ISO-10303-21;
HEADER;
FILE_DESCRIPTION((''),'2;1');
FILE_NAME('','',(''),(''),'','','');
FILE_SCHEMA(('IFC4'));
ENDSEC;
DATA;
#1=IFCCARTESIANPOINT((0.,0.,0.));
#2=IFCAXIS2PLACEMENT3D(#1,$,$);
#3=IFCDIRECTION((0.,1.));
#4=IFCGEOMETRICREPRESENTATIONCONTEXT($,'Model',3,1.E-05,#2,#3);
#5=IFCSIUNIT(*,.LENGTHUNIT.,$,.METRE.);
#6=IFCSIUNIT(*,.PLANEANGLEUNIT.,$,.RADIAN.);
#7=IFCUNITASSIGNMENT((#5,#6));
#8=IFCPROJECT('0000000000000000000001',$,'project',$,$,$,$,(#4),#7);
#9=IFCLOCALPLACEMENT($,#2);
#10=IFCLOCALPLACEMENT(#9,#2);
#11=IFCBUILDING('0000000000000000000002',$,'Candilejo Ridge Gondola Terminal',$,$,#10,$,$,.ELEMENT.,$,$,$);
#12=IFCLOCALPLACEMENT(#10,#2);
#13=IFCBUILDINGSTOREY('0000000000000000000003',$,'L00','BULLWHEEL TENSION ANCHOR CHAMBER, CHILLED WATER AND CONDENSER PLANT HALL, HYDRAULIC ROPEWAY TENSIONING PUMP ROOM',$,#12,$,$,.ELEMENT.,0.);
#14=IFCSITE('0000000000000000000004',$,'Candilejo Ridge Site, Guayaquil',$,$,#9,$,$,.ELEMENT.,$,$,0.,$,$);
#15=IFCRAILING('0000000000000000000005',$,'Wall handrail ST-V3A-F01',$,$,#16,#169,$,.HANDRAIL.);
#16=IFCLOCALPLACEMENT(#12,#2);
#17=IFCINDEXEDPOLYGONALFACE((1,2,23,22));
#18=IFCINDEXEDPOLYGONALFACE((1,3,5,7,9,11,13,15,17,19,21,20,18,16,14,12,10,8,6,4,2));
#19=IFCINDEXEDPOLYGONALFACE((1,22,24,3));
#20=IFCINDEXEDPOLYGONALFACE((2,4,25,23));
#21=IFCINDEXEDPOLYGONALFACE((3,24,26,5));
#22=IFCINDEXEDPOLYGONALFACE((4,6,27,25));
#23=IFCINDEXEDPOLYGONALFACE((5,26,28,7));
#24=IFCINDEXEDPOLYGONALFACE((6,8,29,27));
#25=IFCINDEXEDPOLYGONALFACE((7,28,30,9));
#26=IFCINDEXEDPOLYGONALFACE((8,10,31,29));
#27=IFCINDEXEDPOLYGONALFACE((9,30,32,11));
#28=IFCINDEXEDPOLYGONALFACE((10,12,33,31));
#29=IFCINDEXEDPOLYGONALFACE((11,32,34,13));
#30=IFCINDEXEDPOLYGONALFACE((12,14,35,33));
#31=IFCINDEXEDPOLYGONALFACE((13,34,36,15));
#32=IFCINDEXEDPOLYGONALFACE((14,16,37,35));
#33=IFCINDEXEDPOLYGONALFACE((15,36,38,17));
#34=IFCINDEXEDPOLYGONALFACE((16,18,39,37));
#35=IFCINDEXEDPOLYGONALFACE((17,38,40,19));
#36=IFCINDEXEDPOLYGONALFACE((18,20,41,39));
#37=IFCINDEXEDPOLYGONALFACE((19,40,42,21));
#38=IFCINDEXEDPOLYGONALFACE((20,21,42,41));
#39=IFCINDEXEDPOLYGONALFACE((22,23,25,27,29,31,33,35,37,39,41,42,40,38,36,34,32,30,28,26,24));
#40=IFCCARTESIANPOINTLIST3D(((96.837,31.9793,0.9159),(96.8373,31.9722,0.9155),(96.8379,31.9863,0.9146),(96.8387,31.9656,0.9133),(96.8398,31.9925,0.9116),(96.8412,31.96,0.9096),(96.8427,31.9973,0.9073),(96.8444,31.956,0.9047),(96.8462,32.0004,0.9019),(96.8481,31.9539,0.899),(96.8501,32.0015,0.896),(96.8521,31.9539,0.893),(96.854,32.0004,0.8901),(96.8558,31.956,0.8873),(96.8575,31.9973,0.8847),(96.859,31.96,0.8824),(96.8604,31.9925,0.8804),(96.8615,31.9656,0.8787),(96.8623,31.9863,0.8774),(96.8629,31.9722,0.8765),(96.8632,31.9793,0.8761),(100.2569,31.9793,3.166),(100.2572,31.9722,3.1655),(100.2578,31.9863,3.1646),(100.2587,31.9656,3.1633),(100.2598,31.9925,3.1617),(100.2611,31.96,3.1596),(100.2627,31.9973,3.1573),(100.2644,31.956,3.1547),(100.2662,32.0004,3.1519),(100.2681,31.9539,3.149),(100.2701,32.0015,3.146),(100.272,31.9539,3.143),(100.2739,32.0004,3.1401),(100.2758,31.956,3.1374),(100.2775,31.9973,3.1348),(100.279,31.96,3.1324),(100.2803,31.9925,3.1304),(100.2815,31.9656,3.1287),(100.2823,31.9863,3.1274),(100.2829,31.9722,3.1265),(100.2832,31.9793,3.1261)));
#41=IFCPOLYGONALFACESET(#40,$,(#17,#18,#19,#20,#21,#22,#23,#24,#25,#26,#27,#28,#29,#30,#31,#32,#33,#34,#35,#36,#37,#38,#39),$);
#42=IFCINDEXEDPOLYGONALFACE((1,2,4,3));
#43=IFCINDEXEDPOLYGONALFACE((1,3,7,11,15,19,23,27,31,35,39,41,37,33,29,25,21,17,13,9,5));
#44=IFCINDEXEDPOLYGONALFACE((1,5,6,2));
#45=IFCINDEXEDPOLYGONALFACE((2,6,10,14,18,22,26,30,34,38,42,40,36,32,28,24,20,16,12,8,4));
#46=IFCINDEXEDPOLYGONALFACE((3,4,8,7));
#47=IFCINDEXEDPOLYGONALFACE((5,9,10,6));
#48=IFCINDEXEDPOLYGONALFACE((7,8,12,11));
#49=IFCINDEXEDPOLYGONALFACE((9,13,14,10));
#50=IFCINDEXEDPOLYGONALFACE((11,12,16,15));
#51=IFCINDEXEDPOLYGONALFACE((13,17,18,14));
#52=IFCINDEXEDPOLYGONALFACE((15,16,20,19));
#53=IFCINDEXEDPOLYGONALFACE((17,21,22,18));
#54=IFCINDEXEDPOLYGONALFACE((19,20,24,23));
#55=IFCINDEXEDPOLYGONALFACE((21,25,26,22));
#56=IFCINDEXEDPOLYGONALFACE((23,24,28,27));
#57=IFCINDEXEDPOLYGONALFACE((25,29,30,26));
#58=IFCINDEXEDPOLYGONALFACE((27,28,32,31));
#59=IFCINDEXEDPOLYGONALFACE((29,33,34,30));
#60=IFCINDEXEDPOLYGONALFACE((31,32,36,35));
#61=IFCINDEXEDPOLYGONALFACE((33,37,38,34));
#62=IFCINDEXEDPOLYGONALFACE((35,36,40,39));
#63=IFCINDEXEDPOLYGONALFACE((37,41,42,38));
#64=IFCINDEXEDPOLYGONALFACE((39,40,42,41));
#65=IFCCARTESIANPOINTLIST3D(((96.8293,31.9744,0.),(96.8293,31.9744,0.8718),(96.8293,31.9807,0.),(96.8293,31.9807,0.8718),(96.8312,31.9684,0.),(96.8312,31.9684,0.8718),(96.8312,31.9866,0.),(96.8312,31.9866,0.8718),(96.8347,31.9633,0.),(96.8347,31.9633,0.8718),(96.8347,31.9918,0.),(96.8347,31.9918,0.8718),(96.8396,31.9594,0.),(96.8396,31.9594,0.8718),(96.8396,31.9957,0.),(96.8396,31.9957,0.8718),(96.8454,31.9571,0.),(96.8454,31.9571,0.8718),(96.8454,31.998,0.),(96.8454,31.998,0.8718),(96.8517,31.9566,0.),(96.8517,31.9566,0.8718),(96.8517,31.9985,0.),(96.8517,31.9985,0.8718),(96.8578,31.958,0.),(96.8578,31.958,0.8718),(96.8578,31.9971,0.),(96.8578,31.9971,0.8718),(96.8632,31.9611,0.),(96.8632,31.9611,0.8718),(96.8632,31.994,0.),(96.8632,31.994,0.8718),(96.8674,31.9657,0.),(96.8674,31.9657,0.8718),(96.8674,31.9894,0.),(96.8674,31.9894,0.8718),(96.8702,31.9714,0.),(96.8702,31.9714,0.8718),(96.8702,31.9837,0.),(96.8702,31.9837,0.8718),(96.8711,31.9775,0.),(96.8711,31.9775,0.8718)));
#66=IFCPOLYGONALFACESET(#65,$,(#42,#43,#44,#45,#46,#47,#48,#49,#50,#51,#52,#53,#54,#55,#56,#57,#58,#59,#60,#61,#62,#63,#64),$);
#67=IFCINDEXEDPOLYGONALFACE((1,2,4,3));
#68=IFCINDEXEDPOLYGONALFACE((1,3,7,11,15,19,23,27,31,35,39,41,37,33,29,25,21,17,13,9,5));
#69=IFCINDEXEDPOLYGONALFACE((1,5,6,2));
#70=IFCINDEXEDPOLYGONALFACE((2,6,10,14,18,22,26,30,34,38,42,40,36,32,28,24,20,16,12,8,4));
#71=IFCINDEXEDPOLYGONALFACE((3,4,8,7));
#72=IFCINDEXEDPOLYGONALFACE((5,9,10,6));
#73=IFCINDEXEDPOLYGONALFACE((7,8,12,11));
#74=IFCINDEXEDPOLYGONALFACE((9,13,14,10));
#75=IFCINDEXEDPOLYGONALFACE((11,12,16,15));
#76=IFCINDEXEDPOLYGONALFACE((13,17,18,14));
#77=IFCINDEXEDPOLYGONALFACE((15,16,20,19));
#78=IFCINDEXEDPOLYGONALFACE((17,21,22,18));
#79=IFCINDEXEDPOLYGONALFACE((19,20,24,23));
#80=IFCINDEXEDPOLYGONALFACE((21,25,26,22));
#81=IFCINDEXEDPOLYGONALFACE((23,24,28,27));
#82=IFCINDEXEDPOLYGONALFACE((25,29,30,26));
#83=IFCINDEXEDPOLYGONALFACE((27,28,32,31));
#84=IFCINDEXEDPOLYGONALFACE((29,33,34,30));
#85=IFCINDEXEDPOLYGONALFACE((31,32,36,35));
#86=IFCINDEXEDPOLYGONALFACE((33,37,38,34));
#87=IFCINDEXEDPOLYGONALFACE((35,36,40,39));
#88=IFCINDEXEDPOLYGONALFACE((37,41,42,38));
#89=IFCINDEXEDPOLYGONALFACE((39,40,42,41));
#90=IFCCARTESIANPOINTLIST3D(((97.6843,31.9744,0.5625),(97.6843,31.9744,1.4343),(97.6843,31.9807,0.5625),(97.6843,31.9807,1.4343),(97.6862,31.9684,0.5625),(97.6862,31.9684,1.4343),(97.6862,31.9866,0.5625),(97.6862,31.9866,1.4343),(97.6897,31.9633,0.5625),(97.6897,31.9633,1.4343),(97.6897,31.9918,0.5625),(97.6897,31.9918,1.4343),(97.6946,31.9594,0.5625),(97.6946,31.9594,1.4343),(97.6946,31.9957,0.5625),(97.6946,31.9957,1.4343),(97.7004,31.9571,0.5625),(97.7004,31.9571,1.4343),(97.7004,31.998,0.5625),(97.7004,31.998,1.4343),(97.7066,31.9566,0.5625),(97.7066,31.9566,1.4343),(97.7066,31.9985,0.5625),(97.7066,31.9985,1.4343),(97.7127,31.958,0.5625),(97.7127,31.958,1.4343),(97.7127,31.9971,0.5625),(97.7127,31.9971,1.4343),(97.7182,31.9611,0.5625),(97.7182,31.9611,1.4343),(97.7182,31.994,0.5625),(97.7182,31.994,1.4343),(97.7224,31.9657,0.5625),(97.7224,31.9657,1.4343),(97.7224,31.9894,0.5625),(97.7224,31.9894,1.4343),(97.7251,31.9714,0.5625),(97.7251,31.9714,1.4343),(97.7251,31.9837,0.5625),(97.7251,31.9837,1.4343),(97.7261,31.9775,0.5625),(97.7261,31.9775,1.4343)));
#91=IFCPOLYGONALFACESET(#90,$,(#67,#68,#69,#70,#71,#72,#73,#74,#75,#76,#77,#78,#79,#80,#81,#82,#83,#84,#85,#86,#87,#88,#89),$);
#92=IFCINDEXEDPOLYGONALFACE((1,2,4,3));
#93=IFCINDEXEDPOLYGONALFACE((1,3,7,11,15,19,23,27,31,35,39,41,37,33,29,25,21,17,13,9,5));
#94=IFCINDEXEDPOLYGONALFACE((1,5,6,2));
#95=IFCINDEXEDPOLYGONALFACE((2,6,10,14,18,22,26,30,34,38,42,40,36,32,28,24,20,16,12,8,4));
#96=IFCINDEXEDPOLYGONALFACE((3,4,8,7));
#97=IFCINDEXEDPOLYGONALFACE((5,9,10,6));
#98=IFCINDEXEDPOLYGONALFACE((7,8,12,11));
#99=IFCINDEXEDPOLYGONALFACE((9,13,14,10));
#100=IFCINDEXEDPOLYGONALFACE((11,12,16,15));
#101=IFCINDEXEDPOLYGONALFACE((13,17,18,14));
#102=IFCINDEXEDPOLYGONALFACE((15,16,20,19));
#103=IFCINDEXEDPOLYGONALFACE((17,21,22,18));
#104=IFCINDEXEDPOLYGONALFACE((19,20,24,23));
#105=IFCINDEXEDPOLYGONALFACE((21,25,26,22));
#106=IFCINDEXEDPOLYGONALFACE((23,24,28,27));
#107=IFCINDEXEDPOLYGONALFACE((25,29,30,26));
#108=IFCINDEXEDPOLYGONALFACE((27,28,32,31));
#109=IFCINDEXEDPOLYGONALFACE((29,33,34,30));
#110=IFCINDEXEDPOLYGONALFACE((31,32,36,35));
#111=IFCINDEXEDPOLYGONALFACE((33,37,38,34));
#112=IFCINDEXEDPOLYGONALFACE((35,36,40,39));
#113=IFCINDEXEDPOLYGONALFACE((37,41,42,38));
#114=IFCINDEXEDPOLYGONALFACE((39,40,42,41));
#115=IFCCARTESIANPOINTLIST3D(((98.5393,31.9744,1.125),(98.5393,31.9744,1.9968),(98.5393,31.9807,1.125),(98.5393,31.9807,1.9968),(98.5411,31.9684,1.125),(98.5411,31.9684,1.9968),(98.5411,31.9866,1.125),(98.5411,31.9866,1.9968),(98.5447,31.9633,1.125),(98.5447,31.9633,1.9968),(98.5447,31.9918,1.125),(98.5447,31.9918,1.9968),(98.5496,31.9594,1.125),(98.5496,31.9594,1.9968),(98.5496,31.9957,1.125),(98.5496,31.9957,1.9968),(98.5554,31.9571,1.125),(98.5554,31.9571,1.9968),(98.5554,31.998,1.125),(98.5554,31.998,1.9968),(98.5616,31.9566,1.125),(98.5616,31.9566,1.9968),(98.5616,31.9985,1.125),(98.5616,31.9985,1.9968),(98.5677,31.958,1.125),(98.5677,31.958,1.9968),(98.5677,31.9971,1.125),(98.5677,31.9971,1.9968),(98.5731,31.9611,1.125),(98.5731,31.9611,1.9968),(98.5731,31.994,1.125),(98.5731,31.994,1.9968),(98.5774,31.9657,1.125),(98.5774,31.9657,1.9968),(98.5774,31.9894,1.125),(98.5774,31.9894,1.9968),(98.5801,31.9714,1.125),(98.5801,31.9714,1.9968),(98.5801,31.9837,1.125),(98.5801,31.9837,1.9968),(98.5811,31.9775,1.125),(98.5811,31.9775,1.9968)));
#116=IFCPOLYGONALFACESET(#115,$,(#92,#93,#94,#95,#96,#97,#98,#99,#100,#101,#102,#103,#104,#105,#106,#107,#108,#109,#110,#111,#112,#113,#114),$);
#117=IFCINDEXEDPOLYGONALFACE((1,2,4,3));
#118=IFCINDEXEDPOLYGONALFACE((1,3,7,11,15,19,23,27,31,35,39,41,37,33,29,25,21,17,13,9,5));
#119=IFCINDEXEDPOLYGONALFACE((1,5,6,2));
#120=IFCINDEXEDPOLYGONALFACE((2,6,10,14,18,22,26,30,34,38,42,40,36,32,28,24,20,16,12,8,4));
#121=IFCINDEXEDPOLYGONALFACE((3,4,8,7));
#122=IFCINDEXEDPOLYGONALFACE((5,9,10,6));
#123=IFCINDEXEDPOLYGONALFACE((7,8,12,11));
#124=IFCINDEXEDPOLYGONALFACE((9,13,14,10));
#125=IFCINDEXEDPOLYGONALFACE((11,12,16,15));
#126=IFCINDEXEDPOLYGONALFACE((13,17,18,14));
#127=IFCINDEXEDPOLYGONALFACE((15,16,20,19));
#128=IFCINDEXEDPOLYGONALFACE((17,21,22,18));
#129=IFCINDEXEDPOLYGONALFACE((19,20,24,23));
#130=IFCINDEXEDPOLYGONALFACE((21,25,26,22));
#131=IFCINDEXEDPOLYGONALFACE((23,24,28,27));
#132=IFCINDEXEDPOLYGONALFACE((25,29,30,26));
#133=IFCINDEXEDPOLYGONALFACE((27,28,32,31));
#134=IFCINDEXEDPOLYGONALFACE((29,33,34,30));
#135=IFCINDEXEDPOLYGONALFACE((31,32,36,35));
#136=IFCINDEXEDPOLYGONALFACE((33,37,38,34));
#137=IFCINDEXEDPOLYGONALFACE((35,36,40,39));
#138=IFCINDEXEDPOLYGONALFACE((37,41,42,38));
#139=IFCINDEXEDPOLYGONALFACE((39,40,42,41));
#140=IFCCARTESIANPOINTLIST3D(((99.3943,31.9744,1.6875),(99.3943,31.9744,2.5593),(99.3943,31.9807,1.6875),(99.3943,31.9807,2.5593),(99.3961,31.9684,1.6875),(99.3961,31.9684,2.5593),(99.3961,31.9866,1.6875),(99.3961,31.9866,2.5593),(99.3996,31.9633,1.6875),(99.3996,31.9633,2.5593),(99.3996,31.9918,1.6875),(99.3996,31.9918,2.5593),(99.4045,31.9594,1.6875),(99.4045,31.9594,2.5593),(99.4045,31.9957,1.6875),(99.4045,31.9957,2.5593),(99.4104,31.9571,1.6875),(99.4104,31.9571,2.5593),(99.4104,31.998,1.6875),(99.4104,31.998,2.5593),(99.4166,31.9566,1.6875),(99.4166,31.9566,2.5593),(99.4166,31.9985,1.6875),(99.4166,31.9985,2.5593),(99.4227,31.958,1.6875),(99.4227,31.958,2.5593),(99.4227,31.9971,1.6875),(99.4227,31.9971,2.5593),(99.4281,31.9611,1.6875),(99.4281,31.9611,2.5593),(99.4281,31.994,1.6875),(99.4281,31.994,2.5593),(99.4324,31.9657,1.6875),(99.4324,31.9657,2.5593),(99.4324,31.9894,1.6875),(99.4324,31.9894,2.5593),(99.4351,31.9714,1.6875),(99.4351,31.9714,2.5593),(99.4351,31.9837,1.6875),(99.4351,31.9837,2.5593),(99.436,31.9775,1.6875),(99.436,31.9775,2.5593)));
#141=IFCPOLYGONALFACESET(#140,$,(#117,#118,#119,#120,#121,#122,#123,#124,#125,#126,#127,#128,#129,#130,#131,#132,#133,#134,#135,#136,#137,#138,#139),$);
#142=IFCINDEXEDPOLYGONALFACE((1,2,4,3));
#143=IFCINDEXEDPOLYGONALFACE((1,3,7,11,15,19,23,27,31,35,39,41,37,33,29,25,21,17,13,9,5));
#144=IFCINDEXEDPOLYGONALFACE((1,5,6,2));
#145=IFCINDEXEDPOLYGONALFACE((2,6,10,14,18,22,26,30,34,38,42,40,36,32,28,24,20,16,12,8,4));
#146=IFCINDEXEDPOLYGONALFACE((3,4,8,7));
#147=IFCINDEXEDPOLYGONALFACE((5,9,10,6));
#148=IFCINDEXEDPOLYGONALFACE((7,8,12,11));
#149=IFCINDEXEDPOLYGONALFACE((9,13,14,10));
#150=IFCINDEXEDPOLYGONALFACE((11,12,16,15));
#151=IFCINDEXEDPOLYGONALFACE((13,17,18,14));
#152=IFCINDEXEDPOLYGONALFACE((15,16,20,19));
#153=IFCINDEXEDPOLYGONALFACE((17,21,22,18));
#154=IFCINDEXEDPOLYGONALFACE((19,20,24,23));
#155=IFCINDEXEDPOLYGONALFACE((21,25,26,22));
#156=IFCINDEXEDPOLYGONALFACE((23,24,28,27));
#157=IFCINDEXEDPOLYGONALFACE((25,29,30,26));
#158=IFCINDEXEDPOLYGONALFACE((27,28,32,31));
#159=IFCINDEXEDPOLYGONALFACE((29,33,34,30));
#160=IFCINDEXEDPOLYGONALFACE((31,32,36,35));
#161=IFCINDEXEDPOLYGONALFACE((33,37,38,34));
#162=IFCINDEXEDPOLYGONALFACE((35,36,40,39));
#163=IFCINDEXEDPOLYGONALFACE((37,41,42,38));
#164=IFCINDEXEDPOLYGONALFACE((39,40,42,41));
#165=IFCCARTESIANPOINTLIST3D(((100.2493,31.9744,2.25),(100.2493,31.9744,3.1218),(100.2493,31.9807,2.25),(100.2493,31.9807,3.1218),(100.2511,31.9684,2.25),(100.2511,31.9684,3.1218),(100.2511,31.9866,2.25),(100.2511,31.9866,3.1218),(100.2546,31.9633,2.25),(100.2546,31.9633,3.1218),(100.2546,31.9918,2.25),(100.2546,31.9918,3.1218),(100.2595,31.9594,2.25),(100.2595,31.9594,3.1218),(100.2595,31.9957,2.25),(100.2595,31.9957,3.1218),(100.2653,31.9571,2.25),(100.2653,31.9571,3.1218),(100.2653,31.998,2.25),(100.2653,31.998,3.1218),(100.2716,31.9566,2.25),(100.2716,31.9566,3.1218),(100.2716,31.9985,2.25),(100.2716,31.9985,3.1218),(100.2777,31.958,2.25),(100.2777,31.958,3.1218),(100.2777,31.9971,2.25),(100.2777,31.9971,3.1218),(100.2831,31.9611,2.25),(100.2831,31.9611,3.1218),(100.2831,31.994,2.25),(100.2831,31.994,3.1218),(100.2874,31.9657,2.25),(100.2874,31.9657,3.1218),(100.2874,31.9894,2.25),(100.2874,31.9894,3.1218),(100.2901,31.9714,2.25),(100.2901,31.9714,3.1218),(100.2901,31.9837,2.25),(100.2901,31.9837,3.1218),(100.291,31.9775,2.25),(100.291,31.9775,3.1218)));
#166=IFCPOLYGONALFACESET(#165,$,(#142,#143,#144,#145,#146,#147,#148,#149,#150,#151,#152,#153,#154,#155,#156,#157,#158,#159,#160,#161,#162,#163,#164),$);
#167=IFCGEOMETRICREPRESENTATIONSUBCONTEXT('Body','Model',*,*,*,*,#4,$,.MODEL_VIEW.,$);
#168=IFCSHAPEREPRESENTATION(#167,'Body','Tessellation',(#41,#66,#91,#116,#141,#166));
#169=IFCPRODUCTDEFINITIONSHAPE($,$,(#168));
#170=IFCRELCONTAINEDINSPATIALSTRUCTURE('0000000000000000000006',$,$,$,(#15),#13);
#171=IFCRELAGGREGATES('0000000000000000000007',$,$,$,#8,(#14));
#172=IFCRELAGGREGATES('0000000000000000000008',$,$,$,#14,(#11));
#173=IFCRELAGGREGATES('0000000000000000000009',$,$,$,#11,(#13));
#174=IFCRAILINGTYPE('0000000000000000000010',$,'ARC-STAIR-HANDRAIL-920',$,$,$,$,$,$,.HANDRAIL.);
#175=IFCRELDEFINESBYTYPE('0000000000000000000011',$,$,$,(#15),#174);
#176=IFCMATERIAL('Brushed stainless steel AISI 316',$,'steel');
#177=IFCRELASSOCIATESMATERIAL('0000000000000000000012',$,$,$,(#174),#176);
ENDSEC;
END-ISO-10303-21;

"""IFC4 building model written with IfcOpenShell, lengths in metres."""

from ifc_helpers import new_model, si_unit, direction, frame, origin, origin_2d, place, context, subcontext, project, spatial, circle, extrude, material, type_object, element, save


model = new_model("IFC4")

# Units and contexts
model_context = context("Model", 3, precision=1e-05, world=origin(), true_north=direction((0.0, 1.0)))
body_context = subcontext(model_context, "Body", "Model", "MODEL_VIEW")
ifc_project = project(units=[si_unit("LENGTHUNIT", "METRE"), si_unit("PLANEANGLEUNIT", "RADIAN")], contexts=[model_context])

# Site, building, storey
site_placement = place(None, origin())
site = spatial("IfcSite", under=ifc_project, at=site_placement, Name="Candilejo Ridge Site, Guayaquil", CompositionType="ELEMENT", RefElevation=0.0)
building_placement = place(site_placement, origin())
building = spatial("IfcBuilding", under=site, at=building_placement, Name="Candilejo Ridge Gondola Terminal", CompositionType="ELEMENT")
storey_placement = place(building_placement, origin())
storey = spatial("IfcBuildingStorey", under=building, at=storey_placement, Name="L00", Description="BULLWHEEL TENSION ANCHOR CHAMBER, CHILLED WATER AND CONDENSER PLANT HALL, HYDRAULIC ROPEWAY TENSIONING PUMP ROOM", CompositionType="ELEMENT", Elevation=0.0)

# Railing
ifc_material_1 = material(Name="Brushed stainless steel AISI 316", Category="steel")
railing_type_1 = type_object("IfcRailingType", Name="ARC-STAIR-HANDRAIL-920", PredefinedType="HANDRAIL", material=ifc_material_1)
railing_1_placement = place(storey_placement, frame((96.8501, 31.9775, 0.0)))
element("IfcRailing", 1, at=railing_1_placement, inside=storey, type_object=railing_type_1, Name="Wall handrail ST-V3A-F01", PredefinedType="HANDRAIL", context=body_context, shape_type="SweptSolid", body=[
    extrude(circle(Radius=0.0239, at=origin_2d()), frame((0.0, 0.0, 0.896), z_axis=(0.835411, 0.0, 0.549625), x_axis=(0.0, 1.0, 0.0)), (0.0, 0.0, 1.0), 4.0938),
    extrude(circle(Radius=0.021, at=origin_2d()), origin(), (0.0, 0.0, 1.0), 0.8718),
    extrude(circle(Radius=0.021, at=origin_2d()), frame((0.855, 0.0, 0.5625)), (0.0, 0.0, 1.0), 0.8718),
    extrude(circle(Radius=0.021, at=origin_2d()), frame((1.71, 0.0, 1.125)), (0.0, 0.0, 1.0), 0.8718),
    extrude(circle(Radius=0.021, at=origin_2d()), frame((2.5649, 0.0, 1.6875)), (0.0, 0.0, 1.0), 0.8718),
    extrude(circle(Radius=0.021, at=origin_2d()), frame((3.4199, 0.0, 2.25)), (0.0, 0.0, 1.0), 0.8718),
])

save(model, "model.ifc")
